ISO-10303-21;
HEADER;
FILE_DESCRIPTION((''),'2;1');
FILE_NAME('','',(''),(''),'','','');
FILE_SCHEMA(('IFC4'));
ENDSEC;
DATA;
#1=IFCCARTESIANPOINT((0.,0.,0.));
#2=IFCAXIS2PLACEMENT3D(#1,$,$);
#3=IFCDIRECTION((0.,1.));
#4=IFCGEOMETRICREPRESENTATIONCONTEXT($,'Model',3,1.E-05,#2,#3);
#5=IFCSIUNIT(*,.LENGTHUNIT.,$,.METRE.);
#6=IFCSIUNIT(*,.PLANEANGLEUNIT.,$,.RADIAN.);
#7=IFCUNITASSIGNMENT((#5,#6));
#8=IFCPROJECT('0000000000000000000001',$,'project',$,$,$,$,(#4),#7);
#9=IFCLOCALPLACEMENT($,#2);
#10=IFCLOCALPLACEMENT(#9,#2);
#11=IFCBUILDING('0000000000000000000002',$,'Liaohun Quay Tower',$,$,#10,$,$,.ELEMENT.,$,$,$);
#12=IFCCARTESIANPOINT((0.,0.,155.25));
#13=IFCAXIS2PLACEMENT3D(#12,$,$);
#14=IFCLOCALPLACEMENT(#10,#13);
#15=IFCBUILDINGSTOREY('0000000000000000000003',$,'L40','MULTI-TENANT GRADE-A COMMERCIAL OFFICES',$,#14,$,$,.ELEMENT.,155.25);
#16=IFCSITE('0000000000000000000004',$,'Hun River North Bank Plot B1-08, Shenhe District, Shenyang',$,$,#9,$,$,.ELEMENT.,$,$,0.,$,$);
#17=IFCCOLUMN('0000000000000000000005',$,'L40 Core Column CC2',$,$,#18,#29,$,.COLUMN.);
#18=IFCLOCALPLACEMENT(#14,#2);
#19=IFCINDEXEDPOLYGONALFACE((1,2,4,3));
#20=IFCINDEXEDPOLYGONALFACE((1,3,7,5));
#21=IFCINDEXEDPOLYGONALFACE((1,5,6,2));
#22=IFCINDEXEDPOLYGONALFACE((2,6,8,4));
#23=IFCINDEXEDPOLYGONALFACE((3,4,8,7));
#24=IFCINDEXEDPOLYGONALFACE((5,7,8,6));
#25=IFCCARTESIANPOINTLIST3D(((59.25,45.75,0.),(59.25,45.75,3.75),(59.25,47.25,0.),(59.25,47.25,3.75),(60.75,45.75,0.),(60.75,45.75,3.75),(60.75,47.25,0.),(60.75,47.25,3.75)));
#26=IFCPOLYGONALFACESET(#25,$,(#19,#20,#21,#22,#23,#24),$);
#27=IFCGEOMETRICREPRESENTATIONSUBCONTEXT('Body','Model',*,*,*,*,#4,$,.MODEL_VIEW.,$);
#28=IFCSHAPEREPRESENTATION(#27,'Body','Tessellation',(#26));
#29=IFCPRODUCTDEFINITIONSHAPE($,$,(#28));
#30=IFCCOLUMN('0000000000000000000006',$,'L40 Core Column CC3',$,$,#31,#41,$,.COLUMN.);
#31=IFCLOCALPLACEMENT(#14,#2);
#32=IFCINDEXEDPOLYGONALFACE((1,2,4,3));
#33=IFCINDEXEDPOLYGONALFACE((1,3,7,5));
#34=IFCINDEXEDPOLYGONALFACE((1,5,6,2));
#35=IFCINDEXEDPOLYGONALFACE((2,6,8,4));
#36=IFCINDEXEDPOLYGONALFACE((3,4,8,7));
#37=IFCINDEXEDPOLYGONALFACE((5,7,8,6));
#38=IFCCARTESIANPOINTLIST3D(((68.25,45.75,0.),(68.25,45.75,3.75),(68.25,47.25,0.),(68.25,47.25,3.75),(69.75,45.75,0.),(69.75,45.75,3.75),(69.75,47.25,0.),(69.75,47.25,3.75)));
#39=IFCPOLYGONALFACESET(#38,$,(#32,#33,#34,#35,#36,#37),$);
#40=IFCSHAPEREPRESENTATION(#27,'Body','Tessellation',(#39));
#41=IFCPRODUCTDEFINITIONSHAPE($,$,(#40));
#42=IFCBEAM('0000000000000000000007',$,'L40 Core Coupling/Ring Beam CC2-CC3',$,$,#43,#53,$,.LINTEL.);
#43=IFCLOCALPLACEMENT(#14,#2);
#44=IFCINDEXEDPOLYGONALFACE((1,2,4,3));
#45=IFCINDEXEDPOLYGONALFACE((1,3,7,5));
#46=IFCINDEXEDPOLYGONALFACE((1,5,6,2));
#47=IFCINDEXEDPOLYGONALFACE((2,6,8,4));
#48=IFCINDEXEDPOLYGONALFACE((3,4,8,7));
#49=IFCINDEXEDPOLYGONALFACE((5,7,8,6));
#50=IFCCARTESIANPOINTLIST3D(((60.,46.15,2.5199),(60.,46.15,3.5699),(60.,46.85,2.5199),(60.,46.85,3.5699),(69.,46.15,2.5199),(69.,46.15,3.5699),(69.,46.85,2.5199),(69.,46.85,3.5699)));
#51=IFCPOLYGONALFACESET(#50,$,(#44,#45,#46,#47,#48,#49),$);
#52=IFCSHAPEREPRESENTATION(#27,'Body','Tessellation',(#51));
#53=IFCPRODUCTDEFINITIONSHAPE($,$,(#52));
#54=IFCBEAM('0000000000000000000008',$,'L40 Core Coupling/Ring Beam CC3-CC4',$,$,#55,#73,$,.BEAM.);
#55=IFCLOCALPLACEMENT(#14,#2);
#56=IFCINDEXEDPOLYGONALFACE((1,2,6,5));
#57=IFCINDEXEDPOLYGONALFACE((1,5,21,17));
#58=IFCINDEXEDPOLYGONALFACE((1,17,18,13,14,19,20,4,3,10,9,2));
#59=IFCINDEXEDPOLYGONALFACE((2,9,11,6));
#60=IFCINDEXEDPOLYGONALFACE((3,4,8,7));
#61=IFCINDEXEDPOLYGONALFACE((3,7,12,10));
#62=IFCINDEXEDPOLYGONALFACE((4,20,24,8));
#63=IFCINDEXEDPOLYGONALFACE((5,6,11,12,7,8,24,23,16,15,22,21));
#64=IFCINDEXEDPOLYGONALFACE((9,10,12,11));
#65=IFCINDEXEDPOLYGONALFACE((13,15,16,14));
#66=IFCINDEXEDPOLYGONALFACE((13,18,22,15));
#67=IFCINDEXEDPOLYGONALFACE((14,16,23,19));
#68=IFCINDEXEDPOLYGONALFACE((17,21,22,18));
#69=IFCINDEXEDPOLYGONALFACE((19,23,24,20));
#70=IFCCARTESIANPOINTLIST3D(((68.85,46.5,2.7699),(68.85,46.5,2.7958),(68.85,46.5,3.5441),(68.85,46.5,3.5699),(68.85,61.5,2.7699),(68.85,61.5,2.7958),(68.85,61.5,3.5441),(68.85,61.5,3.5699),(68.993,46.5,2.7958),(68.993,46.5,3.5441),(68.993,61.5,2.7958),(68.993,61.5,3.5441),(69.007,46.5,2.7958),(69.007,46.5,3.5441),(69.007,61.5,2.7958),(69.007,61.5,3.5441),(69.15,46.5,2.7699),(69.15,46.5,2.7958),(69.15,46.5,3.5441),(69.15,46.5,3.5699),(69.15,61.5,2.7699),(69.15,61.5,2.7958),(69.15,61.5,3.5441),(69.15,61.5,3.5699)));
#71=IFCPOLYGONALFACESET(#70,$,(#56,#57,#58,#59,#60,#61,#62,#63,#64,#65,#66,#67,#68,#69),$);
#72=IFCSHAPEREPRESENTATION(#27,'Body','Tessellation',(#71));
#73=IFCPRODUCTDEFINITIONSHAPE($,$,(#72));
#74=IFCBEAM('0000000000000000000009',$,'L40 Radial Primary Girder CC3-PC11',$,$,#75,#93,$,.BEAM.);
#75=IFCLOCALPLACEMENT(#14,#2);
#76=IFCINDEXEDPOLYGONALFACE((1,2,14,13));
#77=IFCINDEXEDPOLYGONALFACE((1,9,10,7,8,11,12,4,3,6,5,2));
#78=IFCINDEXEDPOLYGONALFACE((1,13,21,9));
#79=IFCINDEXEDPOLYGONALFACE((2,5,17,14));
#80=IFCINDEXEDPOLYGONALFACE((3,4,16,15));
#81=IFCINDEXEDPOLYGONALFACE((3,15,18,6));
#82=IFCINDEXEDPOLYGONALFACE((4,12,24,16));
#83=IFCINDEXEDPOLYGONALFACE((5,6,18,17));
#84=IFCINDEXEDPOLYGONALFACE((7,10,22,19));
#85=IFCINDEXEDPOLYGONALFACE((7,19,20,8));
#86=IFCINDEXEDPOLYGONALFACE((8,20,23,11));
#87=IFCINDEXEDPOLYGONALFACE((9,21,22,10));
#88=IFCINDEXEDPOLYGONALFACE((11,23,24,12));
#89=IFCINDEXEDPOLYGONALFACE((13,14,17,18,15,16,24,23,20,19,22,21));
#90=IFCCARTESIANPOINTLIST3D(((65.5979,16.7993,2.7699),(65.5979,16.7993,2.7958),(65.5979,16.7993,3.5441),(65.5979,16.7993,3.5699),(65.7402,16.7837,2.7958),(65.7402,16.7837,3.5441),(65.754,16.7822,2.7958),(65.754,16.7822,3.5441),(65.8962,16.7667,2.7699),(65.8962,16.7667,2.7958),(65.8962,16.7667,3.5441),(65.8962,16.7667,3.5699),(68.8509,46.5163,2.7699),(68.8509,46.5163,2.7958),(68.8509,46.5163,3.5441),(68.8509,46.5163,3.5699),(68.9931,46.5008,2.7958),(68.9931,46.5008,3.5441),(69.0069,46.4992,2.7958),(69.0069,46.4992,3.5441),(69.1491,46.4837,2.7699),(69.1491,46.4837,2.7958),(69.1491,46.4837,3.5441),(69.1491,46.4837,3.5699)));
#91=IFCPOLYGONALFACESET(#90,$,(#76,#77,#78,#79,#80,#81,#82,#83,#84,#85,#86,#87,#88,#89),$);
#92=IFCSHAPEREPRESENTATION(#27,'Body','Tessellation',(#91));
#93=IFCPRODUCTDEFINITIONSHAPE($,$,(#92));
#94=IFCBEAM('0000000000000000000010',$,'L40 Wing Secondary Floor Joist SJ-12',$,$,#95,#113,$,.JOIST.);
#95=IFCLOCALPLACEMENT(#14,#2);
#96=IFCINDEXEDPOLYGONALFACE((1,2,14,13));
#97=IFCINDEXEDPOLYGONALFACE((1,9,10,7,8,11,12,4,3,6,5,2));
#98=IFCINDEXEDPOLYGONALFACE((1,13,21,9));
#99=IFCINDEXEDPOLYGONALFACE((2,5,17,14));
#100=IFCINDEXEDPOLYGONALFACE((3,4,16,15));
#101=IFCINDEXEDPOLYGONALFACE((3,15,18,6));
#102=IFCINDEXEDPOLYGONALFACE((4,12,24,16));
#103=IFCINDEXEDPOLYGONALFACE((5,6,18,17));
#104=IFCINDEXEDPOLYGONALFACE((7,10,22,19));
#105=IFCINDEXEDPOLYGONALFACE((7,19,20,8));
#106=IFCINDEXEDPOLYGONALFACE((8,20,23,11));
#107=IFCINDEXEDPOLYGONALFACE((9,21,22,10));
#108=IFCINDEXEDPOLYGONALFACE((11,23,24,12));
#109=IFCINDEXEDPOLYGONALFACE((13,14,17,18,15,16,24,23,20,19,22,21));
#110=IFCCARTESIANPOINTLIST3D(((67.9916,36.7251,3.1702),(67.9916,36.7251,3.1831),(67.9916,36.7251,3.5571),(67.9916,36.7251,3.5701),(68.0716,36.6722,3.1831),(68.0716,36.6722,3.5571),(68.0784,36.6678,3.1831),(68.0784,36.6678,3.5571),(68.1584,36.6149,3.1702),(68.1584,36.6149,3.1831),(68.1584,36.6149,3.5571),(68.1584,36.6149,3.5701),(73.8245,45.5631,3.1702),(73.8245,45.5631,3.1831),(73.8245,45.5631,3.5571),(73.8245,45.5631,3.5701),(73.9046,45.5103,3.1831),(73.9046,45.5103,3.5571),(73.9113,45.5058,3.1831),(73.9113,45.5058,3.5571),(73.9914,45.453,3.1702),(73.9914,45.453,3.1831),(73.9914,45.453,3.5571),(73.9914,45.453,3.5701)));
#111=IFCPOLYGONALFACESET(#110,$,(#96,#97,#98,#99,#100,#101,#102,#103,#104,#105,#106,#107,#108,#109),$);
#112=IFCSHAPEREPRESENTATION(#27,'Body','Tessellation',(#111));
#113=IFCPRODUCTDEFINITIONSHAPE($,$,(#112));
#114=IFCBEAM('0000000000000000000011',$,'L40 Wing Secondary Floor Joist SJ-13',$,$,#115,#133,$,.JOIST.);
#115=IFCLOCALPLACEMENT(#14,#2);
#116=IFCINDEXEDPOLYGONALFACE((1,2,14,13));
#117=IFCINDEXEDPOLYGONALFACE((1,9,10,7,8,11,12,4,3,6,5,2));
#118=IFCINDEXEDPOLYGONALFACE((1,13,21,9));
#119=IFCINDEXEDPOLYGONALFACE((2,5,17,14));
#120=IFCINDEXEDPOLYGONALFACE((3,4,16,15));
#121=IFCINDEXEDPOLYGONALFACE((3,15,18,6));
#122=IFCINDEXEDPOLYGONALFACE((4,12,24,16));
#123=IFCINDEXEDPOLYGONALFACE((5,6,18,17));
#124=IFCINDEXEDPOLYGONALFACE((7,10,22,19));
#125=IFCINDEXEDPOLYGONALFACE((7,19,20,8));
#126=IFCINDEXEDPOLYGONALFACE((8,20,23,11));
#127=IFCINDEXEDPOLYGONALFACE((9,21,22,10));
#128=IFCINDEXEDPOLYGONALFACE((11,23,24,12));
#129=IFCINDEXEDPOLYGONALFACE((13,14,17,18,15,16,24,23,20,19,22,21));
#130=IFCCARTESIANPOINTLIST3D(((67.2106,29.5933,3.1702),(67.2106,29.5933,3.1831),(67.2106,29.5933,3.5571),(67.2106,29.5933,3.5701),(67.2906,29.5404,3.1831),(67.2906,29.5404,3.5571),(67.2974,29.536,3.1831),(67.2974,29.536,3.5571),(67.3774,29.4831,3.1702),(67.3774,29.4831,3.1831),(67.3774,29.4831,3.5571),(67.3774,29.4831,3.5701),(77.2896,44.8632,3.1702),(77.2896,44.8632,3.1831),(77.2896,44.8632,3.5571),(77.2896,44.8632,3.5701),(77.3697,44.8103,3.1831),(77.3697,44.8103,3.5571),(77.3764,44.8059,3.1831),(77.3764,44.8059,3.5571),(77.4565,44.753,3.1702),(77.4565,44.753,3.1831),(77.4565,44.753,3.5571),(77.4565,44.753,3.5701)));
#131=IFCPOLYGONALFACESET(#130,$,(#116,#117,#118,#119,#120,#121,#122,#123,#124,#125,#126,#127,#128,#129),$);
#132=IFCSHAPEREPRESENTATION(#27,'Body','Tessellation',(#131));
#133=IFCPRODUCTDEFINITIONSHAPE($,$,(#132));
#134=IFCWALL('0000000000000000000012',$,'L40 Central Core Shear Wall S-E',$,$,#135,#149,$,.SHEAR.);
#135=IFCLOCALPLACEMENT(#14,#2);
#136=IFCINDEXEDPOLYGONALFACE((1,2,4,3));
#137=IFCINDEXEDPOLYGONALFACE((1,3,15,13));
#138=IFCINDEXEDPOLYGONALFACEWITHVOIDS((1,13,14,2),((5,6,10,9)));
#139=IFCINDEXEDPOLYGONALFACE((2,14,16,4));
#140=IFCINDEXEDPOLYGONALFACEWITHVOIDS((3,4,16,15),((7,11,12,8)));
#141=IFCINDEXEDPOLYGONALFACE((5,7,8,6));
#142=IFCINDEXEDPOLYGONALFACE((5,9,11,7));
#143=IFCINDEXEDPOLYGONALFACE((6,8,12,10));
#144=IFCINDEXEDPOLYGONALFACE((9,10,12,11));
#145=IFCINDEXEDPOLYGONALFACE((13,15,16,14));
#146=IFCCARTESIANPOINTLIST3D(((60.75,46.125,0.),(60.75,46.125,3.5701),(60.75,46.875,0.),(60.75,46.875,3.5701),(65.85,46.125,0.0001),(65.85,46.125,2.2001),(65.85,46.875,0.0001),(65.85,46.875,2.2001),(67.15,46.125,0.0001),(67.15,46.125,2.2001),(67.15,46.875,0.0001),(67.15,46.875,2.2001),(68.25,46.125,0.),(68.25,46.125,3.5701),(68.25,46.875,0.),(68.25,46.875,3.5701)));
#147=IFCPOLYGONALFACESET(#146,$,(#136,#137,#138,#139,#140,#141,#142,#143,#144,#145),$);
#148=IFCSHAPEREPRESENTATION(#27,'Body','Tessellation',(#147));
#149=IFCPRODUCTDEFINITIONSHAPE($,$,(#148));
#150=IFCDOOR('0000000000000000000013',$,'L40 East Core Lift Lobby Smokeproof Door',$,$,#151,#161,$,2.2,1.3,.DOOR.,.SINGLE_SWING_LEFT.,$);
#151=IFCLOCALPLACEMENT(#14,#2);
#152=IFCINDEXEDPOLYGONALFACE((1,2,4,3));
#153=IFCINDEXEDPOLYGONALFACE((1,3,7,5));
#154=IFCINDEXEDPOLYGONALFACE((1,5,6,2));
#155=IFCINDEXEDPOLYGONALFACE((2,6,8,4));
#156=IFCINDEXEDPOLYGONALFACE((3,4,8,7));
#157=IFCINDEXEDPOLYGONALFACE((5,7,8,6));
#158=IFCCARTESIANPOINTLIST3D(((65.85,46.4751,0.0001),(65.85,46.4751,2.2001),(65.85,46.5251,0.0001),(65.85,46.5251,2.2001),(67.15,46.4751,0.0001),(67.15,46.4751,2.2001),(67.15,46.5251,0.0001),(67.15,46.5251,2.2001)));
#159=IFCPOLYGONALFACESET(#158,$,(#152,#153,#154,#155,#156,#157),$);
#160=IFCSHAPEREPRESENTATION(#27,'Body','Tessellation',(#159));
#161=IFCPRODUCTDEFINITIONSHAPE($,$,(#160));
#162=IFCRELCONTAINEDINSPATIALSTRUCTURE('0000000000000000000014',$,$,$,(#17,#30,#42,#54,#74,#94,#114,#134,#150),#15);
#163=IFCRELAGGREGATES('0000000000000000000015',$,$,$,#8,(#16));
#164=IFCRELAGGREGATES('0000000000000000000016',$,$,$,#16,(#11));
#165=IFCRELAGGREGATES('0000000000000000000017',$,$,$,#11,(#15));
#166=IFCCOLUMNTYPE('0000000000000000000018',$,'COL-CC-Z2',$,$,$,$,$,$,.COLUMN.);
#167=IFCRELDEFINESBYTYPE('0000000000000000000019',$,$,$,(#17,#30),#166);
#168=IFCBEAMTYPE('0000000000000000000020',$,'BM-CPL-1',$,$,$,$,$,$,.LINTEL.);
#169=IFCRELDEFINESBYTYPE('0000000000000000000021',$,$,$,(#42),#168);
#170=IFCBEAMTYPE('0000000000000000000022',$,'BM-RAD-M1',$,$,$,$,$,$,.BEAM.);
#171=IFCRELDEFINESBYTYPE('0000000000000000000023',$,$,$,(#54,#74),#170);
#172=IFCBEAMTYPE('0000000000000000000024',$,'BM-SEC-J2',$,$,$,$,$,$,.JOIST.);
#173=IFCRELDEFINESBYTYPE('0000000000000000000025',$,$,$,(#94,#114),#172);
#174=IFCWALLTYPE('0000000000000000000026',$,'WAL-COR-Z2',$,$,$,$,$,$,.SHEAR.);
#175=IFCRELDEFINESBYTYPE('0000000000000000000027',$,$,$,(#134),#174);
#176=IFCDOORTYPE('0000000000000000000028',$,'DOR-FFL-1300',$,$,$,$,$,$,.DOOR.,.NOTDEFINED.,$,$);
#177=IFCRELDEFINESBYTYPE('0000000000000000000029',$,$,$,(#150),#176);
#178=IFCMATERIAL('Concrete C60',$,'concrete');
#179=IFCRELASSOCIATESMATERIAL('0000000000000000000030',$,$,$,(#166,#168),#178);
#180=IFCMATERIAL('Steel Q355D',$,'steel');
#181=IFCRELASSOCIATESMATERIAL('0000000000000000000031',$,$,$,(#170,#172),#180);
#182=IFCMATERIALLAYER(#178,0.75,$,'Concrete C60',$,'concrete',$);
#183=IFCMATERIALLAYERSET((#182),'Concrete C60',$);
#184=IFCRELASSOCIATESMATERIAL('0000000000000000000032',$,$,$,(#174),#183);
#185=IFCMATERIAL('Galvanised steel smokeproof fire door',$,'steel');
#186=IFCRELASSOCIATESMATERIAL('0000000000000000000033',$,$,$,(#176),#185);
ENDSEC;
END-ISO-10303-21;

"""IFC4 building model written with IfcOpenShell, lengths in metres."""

from ifc_helpers import new_model, si_unit, direction, frame, frame_2d, origin, origin_2d, place, context, subcontext, project, spatial, rectangle, i_section, extrude, source, transform, mapped, material, layer, layer_set, material_profile, profile_set, type_object, element, fill, save


model = new_model("IFC4")

# Units and contexts
model_context = context("Model", 3, precision=1e-05, world=origin(), true_north=direction((0.0, 1.0)))
body_context = subcontext(model_context, "Body", "Model", "MODEL_VIEW")
ifc_project = project(units=[si_unit("LENGTHUNIT", "METRE"), si_unit("PLANEANGLEUNIT", "RADIAN")], contexts=[model_context])

# Site, building, storey
site_placement = place(None, origin())
site = spatial("IfcSite", under=ifc_project, at=site_placement, Name="Hun River North Bank Plot B1-08, Shenhe District, Shenyang", CompositionType="ELEMENT", RefElevation=0.0)
building_placement = place(site_placement, origin())
building = spatial("IfcBuilding", under=site, at=building_placement, Name="Liaohun Quay Tower", CompositionType="ELEMENT")
storey_placement = place(building_placement, frame((0.0, 0.0, 155.25)))
storey = spatial("IfcBuildingStorey", under=building, at=storey_placement, Name="L40", Description="MULTI-TENANT GRADE-A COMMERCIAL OFFICES", CompositionType="ELEMENT", Elevation=155.25)

# Columns
ifc_material_1 = material(Name="Concrete C60", Category="concrete")
ifc_material_profile_1 = material_profile(ifc_material_1, rectangle(XDim=1.5, YDim=1.5, at=origin_2d()), Name="RC1500x1500")
ifc_profile_set_1 = profile_set([ifc_material_profile_1], Name="Concrete C60")
column_type = type_object("IfcColumnType", Name="COL-CC-Z2", PredefinedType="COLUMN", material=ifc_profile_set_1)
shared_shape_1 = source(origin(), body_context, "Body", "SweptSolid", [
    extrude(rectangle(XDim=1.5, YDim=1.5, at=origin_2d()), origin(), (0.0, 0.0, 1.0), 3.75),
])
for number, where, z_axis, x_axis, name in (
    (1, (60.0, 46.5, 0.0), (0.0, 0.0, 1.0), (1.0, 0.0, 0.0), "L40 Core Column CC2"),
    (2, (69.0, 46.5, 0.0), (0.0, 0.0, 1.0), (1.0, 0.0, 0.0), "L40 Core Column CC3"),
):
    element("IfcColumn", number, at=place(storey_placement, frame(where, z_axis=z_axis, x_axis=x_axis)), inside=storey, type_object=column_type, Name=name, PredefinedType="COLUMN", context=body_context, shape_type="MappedRepresentation", body=[
        mapped(shared_shape_1, transform((0.0, 0.0, 0.0), x_axis=(1.0, 0.0, 0.0), y_axis=(0.0, 1.0, 0.0), z_axis=(0.0, 0.0, 1.0), scale=1.0)),
    ])

# Beams
ifc_material_profile_2 = material_profile(ifc_material_1, rectangle(XDim=0.7, YDim=1.05, at=origin_2d()), Name="RC700x1050")
ifc_profile_set_2 = profile_set([ifc_material_profile_2], Name="Concrete C60")
beam_type_1 = type_object("IfcBeamType", Name="BM-CPL-1", PredefinedType="LINTEL", material=ifc_profile_set_2)
shared_shape_2 = source(origin(), body_context, "Body", "SweptSolid", [
    extrude(rectangle(XDim=0.7, YDim=1.05, at=origin_2d()), origin(), (0.0, 0.0, 1.0), 9.0),
])
beam_1_placement = place(storey_placement, frame((60.0, 46.5, 3.0449), z_axis=(1.0, 0.0, 0.0), x_axis=(0.0, 1.0, 0.0)))
element("IfcBeam", 3, at=beam_1_placement, inside=storey, type_object=beam_type_1, Name="L40 Core Coupling/Ring Beam CC2-CC3", PredefinedType="LINTEL", context=body_context, shape_type="MappedRepresentation", body=[
    mapped(shared_shape_2, transform((0.0, 0.0, 0.0), x_axis=(1.0, 0.0, 0.0), y_axis=(0.0, 1.0, 0.0), z_axis=(0.0, 0.0, 1.0), scale=1.0)),
])
ifc_material_2 = material(Name="Steel Q355D", Category="steel")
ifc_material_profile_3 = material_profile(ifc_material_2, i_section(OverallWidth=0.3, OverallDepth=0.8, WebThickness=0.0139, FlangeThickness=0.0259, at=origin_2d()), Name="HN800x300x14x26")
ifc_profile_set_3 = profile_set([ifc_material_profile_3], Name="Steel Q355D")
beam_type_2 = type_object("IfcBeamType", Name="BM-RAD-M1", PredefinedType="BEAM", material=ifc_profile_set_3)
shared_shape_3 = source(origin(), body_context, "Body", "SweptSolid", [
    extrude(i_section(OverallWidth=0.3, OverallDepth=0.8, WebThickness=0.0139, FlangeThickness=0.0259, at=origin_2d()), origin(), (0.0, 0.0, 1.0), 15.0),
])
beam_2_placement = place(storey_placement, frame((69.0, 46.5, 3.1699), z_axis=(0.0, 1.0, 0.0), x_axis=(-1.0, 0.0, 0.0)))
element("IfcBeam", 4, at=beam_2_placement, inside=storey, type_object=beam_type_2, Name="L40 Core Coupling/Ring Beam CC3-CC4", PredefinedType="BEAM", context=body_context, shape_type="MappedRepresentation", body=[
    mapped(shared_shape_3, transform((0.0, 0.0, 0.0), x_axis=(1.0, 0.0, 0.0), y_axis=(0.0, 1.0, 0.0), z_axis=(0.0, 0.0, 1.0), scale=1.0)),
])
shared_shape_4 = source(origin(), body_context, "Body", "SweptSolid", [
    extrude(i_section(OverallWidth=0.3, OverallDepth=0.8, WebThickness=0.0139, FlangeThickness=0.0259, at=origin_2d()), origin(), (0.0, 0.0, 1.0), 29.8945),
])
beam_3_placement = place(storey_placement, frame((69.0, 46.5, 3.1699), z_axis=(-0.108813, -0.994062, 0.0), x_axis=(0.994062, -0.108813, 0.0)))
element("IfcBeam", 5, at=beam_3_placement, inside=storey, type_object=beam_type_2, Name="L40 Radial Primary Girder CC3-PC11", PredefinedType="BEAM", context=body_context, shape_type="MappedRepresentation", body=[
    mapped(shared_shape_4, transform((0.0, 0.0, 0.0), x_axis=(1.0, 0.0, 0.0), y_axis=(0.0, 1.0, 0.0), z_axis=(0.0, 0.0, 1.0), scale=1.0)),
])
ifc_material_profile_4 = material_profile(ifc_material_2, i_section(OverallWidth=0.2, OverallDepth=0.3999, WebThickness=0.0081, FlangeThickness=0.0129, at=origin_2d()), Name="HN400x200x8x13")
ifc_profile_set_4 = profile_set([ifc_material_profile_4], Name="Steel Q355D")
beam_type_3 = type_object("IfcBeamType", Name="BM-SEC-J2", PredefinedType="JOIST", material=ifc_profile_set_4)
shared_shape_5 = source(origin(), body_context, "Body", "SweptSolid", [
    extrude(i_section(OverallWidth=0.2, OverallDepth=0.3999, WebThickness=0.0081, FlangeThickness=0.0129, at=origin_2d()), origin(), (0.0, 0.0, 1.0), 10.5894),
])
beam_4_placement = place(storey_placement, frame((73.908, 45.5081, 3.3701), z_axis=(-0.550832, -0.834616, 0.0), x_axis=(0.834616, -0.550832, 0.0)))
element("IfcBeam", 6, at=beam_4_placement, inside=storey, type_object=beam_type_3, Name="L40 Wing Secondary Floor Joist SJ-12", PredefinedType="JOIST", context=body_context, shape_type="MappedRepresentation", body=[
    mapped(shared_shape_5, transform((0.0, 0.0, 0.0), x_axis=(1.0, 0.0, 0.0), y_axis=(0.0, 1.0, 0.0), z_axis=(0.0, 0.0, 1.0), scale=1.0)),
])
shared_shape_6 = source(origin(), body_context, "Body", "SweptSolid", [
    extrude(i_section(OverallWidth=0.2, OverallDepth=0.3999, WebThickness=0.0081, FlangeThickness=0.0129, at=origin_2d()), origin(), (0.0, 0.0, 1.0), 18.2964),
])
beam_5_placement = place(storey_placement, frame((77.373, 44.8081, 3.3701), z_axis=(-0.550876, -0.834587, 0.0), x_axis=(0.834587, -0.550876, 0.0)))
element("IfcBeam", 7, at=beam_5_placement, inside=storey, type_object=beam_type_3, Name="L40 Wing Secondary Floor Joist SJ-13", PredefinedType="JOIST", context=body_context, shape_type="MappedRepresentation", body=[
    mapped(shared_shape_6, transform((0.0, 0.0, 0.0), x_axis=(1.0, 0.0, 0.0), y_axis=(0.0, 1.0, 0.0), z_axis=(0.0, 0.0, 1.0), scale=1.0)),
])

# Wall, opening, door
ifc_layer_1 = layer(ifc_material_1, 0.75, Name="Concrete C60", Category="concrete")
ifc_layer_set_1 = layer_set([ifc_layer_1], Name="Concrete C60")
wall_type_1 = type_object("IfcWallType", Name="WAL-COR-Z2", PredefinedType="SHEAR", material=ifc_layer_set_1)
wall_1_placement = place(storey_placement, frame((68.25, 46.5, 0.0), z_axis=(0.0, 0.0, 1.0), x_axis=(-1.0, 0.0, 0.0)))
wall_1 = element("IfcWall", 8, at=wall_1_placement, inside=storey, type_object=wall_type_1, Name="L40 Central Core Shear Wall S-E", PredefinedType="SHEAR", context=body_context, shape_type="SweptSolid", body=[
    extrude(rectangle(XDim=7.5, YDim=0.75, at=frame_2d((3.75, 0.0))), origin(), (0.0, 0.0, 1.0), 3.5701),
])
shared_shape_7 = source(origin(), body_context, "Body", "SweptSolid", [
    extrude(rectangle(XDim=1.3, YDim=2.2, at=frame_2d((0.6499, 1.1001))), frame((0.0, 0.385, 0.0), z_axis=(0.0, -1.0, 0.0), x_axis=(1.0, 0.0, 0.0)), (0.0, 0.0, 1.0), 0.77),
])
opening_1_placement = place(wall_1_placement, frame((1.1001, 0.0, 0.0)))
opening_1 = element("IfcOpeningElement", 9, at=opening_1_placement, cuts=wall_1, PredefinedType="OPENING", context=body_context, shape_type="MappedRepresentation", body=[
    mapped(shared_shape_7, transform((0.0, 0.0, 0.0), x_axis=(1.0, 0.0, 0.0), y_axis=(0.0, 1.0, 0.0), z_axis=(0.0, 0.0, 1.0), scale=1.0)),
])
ifc_material_3 = material(Name="Galvanised steel smokeproof fire door", Category="steel")
door_type_1 = type_object("IfcDoorType", Name="DOR-FFL-1300", OperationType="NOTDEFINED", PredefinedType="DOOR", material=ifc_material_3)
shared_shape_8 = source(origin(), body_context, "Body", "SweptSolid", [
    extrude(rectangle(XDim=1.3, YDim=2.2, at=frame_2d((0.6499, 1.1001))), frame((0.0, 0.0249, 0.0), z_axis=(0.0, -1.0, 0.0), x_axis=(1.0, 0.0, 0.0)), (0.0, 0.0, 1.0), 0.05),
])
door_1_placement = place(opening_1_placement, origin())
door_1 = element("IfcDoor", 10, at=door_1_placement, inside=storey, type_object=door_type_1, Name="L40 East Core Lift Lobby Smokeproof Door", OperationType="SINGLE_SWING_LEFT", OverallHeight=2.2, OverallWidth=1.3, PredefinedType="DOOR", context=body_context, shape_type="MappedRepresentation", body=[
    mapped(shared_shape_8, transform((0.0, 0.0, 0.0), x_axis=(1.0, 0.0, 0.0), y_axis=(0.0, 1.0, 0.0), z_axis=(0.0, 0.0, 1.0), scale=1.0)),
])
fill(opening_1, door_1)

save(model, "model.ifc")
